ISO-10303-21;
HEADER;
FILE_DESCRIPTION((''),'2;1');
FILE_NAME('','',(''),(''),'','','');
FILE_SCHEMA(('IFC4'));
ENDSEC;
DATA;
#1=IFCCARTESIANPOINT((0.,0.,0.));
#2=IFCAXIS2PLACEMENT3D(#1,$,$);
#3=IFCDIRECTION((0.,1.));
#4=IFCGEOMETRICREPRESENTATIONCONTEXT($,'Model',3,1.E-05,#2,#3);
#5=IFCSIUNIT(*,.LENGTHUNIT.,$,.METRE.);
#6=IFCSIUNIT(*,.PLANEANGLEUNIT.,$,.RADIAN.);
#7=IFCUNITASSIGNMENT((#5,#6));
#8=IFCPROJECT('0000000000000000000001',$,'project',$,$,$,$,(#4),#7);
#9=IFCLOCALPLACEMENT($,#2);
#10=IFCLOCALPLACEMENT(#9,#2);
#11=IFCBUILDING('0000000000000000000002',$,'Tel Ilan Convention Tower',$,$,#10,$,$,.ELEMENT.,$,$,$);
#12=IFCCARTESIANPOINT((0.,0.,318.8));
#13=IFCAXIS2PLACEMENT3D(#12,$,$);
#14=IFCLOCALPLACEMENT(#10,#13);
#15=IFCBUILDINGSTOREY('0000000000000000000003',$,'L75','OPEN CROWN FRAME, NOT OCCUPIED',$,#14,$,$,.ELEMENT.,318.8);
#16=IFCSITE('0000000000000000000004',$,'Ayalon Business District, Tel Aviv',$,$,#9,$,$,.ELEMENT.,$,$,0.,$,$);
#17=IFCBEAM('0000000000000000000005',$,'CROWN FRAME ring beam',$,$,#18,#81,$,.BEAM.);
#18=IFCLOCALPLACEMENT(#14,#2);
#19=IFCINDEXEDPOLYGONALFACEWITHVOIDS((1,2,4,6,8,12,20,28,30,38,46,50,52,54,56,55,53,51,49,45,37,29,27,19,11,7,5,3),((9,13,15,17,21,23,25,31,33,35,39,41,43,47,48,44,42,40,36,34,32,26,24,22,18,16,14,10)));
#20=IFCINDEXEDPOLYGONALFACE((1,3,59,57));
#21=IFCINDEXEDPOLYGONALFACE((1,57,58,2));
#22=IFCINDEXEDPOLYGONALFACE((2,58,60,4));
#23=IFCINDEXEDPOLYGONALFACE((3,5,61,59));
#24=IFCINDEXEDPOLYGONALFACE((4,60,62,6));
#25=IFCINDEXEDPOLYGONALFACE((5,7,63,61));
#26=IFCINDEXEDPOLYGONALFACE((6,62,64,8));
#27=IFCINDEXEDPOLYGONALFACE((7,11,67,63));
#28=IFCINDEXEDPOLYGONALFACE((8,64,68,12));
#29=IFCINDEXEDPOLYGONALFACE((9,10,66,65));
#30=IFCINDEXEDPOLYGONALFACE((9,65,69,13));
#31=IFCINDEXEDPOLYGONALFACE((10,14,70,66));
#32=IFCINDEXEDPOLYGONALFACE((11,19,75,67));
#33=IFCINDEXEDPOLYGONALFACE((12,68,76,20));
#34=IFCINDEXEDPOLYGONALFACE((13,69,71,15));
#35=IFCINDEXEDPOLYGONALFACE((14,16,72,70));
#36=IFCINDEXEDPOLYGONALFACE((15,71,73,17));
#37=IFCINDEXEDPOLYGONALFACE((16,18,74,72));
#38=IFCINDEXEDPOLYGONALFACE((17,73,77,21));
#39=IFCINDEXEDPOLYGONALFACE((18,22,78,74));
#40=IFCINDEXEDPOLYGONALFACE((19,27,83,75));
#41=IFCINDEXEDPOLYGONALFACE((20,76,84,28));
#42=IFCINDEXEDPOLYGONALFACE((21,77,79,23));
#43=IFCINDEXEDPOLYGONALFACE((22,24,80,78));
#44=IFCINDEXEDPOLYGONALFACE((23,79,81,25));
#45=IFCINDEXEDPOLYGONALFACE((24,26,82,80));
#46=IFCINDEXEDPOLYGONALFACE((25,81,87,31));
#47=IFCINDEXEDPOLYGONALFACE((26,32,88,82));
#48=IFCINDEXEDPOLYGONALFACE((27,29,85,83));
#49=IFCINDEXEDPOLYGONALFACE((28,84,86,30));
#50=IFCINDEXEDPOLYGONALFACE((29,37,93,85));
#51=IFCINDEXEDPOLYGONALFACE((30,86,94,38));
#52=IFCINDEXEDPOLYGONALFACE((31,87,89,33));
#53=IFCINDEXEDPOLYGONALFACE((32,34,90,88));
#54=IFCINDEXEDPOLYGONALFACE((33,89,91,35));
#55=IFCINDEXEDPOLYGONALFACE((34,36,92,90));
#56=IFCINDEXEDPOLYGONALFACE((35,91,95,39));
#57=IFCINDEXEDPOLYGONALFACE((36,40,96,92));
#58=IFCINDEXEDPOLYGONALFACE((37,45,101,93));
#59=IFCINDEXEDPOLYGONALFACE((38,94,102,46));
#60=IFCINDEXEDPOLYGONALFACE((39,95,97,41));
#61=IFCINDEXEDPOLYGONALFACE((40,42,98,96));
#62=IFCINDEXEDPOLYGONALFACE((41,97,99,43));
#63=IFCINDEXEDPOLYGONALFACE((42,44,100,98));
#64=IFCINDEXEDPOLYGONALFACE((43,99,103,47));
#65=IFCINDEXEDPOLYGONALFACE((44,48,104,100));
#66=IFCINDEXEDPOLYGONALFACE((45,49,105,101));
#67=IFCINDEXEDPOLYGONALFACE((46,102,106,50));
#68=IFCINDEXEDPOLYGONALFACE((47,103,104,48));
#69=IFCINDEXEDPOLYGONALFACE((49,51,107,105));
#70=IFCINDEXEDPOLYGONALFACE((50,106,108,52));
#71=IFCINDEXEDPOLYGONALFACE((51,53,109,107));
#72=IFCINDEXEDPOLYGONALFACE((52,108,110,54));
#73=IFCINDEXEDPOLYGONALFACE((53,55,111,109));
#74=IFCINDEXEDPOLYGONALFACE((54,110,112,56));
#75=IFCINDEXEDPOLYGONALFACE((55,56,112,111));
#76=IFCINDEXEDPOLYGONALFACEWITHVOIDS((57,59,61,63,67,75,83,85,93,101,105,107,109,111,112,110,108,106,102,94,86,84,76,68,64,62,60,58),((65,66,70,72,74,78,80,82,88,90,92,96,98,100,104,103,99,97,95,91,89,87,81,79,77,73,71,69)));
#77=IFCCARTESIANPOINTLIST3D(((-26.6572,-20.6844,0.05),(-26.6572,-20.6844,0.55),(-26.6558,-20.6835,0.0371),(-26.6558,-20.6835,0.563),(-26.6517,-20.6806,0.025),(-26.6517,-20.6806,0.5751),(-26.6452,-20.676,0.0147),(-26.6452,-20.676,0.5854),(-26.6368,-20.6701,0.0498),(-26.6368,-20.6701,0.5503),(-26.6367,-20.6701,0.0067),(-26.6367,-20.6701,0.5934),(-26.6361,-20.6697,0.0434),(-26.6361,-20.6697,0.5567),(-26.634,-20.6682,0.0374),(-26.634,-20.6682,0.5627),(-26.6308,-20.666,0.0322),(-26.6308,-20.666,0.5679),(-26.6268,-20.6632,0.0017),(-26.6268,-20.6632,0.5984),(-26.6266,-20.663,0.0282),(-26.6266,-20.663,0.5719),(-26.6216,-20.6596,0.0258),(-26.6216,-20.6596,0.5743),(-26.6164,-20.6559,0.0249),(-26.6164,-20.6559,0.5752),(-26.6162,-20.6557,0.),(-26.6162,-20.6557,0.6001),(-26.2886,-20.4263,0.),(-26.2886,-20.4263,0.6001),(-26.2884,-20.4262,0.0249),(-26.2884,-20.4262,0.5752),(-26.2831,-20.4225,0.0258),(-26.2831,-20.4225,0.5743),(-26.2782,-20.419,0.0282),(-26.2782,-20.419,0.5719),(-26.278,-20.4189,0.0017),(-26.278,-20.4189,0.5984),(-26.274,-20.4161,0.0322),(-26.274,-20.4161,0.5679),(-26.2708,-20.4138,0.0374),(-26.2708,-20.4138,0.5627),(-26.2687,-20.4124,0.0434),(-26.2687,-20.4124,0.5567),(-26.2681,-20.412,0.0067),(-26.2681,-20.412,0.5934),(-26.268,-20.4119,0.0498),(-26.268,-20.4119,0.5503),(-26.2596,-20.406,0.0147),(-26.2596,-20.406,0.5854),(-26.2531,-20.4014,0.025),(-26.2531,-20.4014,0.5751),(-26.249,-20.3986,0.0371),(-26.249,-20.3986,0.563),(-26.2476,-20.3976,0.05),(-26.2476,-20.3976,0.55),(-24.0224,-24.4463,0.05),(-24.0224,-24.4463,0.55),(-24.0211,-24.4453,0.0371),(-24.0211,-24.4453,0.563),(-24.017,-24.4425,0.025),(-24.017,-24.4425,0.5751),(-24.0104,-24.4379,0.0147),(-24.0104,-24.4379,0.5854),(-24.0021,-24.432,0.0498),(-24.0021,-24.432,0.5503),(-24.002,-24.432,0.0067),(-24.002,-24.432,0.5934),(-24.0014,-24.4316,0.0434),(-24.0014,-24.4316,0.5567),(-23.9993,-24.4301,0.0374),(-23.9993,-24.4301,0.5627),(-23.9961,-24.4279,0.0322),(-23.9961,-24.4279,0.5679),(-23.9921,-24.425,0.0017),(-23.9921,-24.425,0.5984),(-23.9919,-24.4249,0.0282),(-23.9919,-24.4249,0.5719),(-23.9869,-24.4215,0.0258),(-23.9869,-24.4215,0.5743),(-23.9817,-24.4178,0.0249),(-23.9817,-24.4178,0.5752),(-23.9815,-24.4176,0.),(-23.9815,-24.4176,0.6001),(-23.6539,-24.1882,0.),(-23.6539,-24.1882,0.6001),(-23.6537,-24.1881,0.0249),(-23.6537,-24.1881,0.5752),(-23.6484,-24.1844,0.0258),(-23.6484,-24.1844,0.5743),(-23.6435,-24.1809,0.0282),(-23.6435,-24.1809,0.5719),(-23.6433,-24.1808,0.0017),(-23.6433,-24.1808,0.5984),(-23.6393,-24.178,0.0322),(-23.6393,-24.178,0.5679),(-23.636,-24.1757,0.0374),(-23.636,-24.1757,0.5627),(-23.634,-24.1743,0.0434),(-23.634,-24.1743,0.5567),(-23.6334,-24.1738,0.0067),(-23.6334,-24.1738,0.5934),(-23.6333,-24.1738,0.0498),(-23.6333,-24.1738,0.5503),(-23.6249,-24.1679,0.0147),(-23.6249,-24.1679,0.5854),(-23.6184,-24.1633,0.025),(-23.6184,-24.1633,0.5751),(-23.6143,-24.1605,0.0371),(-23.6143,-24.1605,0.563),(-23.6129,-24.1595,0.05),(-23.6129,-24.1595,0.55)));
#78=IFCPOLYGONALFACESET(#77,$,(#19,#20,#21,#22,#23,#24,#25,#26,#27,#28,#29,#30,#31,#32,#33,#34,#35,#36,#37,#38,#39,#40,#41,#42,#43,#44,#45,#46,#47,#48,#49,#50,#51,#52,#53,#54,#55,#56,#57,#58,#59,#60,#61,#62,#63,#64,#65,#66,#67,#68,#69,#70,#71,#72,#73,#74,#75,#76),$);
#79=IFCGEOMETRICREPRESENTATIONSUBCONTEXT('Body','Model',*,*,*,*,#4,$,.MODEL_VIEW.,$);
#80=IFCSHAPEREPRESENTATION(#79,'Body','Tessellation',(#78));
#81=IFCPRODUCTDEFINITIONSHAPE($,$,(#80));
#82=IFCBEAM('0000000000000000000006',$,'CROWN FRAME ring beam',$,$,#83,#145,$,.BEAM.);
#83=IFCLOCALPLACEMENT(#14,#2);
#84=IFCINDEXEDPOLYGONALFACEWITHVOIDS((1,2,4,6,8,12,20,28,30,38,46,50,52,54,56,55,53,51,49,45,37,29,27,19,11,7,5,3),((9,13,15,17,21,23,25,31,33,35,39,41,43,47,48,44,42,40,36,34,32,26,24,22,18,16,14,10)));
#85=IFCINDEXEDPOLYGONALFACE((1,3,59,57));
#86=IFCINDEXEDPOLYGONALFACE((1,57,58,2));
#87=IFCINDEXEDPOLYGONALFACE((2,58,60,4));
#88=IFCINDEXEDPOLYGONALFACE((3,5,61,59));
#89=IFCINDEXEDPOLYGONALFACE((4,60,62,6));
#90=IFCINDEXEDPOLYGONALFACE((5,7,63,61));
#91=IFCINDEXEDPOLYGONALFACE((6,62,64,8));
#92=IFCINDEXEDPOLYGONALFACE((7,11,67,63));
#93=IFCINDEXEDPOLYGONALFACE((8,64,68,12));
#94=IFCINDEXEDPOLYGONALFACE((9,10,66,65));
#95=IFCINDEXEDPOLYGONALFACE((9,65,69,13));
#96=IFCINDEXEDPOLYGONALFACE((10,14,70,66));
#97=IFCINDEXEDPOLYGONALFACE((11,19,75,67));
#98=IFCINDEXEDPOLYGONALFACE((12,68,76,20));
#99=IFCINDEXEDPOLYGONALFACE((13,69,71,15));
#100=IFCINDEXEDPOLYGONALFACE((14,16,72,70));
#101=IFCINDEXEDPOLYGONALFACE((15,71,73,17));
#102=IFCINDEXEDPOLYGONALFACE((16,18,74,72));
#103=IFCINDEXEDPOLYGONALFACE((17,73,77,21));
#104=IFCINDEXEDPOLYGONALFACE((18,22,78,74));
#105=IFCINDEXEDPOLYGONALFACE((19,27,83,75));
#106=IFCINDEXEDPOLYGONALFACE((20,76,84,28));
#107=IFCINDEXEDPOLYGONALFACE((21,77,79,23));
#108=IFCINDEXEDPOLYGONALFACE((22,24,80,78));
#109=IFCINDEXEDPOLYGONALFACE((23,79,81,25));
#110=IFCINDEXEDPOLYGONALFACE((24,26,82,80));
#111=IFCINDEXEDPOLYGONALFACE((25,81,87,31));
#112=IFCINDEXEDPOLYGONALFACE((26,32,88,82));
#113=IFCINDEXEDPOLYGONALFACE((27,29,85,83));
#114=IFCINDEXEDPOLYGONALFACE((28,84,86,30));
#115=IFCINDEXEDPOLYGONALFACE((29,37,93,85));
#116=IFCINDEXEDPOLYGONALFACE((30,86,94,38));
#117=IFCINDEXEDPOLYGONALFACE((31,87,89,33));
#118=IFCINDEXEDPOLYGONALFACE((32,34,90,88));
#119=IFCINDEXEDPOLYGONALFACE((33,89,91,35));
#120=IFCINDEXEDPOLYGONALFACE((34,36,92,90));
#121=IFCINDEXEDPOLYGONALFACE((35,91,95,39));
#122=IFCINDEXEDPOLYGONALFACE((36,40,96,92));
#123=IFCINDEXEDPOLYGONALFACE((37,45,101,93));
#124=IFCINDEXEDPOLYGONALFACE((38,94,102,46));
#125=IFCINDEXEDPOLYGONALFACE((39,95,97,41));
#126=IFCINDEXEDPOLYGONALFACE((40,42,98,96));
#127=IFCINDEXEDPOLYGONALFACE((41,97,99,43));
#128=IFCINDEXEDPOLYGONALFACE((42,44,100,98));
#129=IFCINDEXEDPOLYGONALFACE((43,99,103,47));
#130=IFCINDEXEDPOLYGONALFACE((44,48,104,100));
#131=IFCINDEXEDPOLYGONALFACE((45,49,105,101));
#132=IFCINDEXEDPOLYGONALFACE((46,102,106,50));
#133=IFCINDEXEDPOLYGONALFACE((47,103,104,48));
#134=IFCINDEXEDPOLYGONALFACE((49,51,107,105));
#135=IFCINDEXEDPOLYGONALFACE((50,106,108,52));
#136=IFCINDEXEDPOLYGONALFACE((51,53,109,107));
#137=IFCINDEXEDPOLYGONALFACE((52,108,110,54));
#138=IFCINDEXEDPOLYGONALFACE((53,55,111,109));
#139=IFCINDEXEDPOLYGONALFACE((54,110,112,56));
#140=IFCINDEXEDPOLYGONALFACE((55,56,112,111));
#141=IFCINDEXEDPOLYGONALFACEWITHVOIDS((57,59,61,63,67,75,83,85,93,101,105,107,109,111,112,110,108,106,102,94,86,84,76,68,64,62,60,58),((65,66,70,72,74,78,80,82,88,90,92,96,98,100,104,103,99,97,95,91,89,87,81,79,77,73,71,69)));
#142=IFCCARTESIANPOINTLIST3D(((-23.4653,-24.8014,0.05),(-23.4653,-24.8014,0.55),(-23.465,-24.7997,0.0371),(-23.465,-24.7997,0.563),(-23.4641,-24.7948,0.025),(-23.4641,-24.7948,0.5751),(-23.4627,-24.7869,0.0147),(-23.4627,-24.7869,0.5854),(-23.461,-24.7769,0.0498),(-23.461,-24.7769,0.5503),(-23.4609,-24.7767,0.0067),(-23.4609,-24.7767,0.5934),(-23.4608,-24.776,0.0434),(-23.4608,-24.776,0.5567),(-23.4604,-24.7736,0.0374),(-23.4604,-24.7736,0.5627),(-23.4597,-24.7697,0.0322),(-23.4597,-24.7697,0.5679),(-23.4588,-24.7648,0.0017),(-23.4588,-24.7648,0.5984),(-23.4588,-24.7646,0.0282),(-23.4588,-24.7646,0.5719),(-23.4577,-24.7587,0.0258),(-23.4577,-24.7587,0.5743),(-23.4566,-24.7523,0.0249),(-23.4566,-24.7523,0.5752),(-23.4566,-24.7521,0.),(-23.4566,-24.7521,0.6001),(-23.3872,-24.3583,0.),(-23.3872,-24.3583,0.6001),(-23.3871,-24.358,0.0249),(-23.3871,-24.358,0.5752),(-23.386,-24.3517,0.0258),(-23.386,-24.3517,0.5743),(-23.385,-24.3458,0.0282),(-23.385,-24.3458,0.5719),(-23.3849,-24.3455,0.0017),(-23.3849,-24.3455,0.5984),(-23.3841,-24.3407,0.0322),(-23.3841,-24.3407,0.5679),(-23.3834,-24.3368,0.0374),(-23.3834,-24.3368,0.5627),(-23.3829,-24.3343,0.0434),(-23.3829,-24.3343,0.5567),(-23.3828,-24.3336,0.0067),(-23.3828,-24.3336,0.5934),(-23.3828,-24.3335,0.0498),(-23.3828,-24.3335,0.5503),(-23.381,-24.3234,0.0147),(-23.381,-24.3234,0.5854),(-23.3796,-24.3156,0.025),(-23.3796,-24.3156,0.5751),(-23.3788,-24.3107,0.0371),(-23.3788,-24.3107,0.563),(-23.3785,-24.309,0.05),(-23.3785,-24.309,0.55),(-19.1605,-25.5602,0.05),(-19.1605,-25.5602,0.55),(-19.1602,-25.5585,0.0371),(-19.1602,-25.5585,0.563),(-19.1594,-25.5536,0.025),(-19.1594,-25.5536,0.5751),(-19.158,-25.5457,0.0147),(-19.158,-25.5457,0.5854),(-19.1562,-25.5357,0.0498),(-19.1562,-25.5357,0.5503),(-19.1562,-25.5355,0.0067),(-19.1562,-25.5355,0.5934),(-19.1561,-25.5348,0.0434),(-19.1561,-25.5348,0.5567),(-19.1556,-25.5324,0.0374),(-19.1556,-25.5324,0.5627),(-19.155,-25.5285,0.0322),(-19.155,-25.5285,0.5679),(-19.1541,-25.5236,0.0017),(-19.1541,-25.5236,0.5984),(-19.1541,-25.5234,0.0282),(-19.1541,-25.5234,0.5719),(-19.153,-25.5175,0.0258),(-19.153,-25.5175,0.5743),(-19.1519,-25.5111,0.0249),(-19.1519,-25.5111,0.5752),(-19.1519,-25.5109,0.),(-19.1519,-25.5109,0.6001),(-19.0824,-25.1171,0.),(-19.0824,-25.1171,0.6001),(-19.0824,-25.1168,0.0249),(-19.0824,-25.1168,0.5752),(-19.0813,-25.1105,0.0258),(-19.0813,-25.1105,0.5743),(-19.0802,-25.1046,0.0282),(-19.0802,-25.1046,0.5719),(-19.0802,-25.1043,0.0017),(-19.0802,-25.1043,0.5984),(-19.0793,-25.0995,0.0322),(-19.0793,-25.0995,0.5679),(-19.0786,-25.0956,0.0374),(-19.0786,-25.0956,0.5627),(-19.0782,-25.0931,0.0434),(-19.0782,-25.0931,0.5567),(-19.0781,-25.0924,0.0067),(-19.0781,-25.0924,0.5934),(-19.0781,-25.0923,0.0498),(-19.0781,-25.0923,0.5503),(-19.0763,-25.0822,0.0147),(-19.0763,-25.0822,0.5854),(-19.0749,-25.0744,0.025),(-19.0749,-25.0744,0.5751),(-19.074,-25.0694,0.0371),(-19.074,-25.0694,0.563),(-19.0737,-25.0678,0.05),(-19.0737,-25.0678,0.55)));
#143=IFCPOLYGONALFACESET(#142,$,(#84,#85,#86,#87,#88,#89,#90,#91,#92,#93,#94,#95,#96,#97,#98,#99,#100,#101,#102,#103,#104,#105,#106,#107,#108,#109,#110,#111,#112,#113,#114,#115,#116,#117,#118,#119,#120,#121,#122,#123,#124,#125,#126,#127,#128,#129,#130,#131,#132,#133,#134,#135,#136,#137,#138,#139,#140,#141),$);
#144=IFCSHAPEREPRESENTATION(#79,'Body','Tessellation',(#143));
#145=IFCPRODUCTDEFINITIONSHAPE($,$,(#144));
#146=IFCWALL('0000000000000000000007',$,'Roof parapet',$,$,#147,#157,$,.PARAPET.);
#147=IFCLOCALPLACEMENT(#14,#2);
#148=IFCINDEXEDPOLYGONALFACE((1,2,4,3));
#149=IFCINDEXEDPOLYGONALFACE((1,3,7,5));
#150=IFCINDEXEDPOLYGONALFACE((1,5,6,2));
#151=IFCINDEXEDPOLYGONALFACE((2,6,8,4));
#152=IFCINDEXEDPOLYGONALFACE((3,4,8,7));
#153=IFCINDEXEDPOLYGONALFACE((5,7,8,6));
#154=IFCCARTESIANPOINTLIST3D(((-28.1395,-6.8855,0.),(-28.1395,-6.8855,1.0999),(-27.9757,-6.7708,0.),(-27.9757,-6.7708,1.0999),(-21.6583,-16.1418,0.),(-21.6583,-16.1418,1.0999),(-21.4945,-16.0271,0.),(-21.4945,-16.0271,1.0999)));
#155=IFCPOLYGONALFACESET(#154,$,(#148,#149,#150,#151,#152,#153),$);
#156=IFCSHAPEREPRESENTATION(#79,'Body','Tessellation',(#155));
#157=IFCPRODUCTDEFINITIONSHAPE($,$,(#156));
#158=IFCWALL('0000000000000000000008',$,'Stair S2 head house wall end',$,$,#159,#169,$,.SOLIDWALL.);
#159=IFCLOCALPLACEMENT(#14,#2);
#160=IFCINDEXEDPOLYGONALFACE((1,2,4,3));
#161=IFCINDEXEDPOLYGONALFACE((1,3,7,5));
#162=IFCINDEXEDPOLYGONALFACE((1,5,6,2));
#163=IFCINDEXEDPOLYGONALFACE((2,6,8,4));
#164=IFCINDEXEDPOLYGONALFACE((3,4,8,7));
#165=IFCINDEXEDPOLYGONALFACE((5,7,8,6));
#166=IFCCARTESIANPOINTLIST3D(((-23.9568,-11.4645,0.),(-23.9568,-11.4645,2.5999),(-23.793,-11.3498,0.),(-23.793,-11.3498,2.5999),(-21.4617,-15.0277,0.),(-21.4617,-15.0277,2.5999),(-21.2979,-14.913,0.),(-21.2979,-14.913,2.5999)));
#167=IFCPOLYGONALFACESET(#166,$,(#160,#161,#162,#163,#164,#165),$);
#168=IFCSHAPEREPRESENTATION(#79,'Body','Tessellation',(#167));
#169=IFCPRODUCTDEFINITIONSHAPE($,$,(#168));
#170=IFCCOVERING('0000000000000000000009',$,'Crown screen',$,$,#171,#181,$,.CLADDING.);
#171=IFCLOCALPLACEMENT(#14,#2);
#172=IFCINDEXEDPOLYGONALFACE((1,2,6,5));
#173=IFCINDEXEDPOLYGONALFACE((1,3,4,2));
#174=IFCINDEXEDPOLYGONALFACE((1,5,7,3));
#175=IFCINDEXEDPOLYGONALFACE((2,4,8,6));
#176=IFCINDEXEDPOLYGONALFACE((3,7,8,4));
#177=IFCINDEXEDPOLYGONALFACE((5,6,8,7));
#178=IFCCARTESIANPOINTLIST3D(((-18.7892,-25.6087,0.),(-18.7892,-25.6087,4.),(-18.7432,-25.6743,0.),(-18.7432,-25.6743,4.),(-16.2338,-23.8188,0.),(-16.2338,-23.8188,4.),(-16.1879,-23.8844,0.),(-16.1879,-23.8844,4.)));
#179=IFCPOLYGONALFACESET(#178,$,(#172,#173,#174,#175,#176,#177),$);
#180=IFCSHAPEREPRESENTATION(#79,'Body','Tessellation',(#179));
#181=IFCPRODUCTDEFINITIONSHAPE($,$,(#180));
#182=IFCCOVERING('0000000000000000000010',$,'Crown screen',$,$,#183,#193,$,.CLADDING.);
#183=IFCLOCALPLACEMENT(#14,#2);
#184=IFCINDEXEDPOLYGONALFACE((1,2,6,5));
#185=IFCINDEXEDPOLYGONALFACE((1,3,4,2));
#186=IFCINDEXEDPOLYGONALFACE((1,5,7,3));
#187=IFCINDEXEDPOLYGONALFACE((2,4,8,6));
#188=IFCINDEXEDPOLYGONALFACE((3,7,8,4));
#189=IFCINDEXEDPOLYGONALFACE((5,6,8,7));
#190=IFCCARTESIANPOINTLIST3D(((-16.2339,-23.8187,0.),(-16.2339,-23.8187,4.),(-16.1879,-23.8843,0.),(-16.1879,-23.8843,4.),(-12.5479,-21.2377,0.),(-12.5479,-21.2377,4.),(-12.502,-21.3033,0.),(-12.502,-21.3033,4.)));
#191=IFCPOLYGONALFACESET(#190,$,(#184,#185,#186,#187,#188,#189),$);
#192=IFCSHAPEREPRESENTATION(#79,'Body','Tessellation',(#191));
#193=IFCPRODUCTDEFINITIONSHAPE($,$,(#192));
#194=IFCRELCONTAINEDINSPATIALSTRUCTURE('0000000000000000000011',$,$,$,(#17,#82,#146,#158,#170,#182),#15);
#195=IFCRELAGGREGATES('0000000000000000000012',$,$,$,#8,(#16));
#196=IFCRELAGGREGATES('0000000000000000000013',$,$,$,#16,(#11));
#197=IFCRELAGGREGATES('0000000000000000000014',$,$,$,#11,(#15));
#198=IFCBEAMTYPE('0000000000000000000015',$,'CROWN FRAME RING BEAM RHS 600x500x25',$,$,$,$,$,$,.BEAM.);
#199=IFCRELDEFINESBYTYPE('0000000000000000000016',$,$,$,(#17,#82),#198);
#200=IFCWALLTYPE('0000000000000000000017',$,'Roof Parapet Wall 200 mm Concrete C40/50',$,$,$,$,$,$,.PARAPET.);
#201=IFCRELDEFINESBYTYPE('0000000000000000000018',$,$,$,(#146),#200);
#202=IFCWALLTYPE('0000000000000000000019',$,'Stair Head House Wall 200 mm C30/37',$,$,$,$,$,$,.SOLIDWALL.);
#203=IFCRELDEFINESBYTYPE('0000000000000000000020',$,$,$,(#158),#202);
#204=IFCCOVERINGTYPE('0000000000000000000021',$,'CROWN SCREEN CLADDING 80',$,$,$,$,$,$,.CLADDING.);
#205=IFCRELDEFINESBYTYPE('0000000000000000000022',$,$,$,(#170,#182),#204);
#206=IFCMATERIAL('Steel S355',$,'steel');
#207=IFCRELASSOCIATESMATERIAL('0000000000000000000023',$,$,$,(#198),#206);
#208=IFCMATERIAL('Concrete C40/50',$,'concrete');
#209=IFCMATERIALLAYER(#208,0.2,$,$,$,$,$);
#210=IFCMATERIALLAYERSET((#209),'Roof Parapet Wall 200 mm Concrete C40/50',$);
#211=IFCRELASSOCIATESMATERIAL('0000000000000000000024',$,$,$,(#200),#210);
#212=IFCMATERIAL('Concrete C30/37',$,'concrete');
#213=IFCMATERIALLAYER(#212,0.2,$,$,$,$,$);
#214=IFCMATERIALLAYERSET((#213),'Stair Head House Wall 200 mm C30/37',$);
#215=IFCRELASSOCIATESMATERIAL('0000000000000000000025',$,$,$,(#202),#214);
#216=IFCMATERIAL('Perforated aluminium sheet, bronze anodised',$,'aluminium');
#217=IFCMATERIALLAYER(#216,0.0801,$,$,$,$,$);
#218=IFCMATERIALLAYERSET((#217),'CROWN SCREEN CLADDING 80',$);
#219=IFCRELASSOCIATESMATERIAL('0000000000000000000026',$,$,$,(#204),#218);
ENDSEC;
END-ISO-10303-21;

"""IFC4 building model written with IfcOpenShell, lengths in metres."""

from ifc_helpers import new_model, si_unit, direction, frame, frame_2d, origin, origin_2d, place, context, subcontext, project, spatial, rectangle, hollow_rectangle, extrude, material, layer, layer_set, material_profile, profile_set, type_object, element, save


model = new_model("IFC4")

# Units and contexts
model_context = context("Model", 3, precision=1e-05, world=origin(), true_north=direction((0.0, 1.0)))
body_context = subcontext(model_context, "Body", "Model", "MODEL_VIEW")
ifc_project = project(units=[si_unit("LENGTHUNIT", "METRE"), si_unit("PLANEANGLEUNIT", "RADIAN")], contexts=[model_context])

# Site, building, storey
site_placement = place(None, origin())
site = spatial("IfcSite", under=ifc_project, at=site_placement, Name="Ayalon Business District, Tel Aviv", CompositionType="ELEMENT", RefElevation=0.0)
building_placement = place(site_placement, origin())
building = spatial("IfcBuilding", under=site, at=building_placement, Name="Tel Ilan Convention Tower", CompositionType="ELEMENT")
storey_placement = place(building_placement, frame((0.0, 0.0, 318.8)))
storey = spatial("IfcBuildingStorey", under=building, at=storey_placement, Name="L75", Description="OPEN CROWN FRAME, NOT OCCUPIED", CompositionType="ELEMENT", Elevation=318.8)

# Beams
ifc_material_1 = material(Name="Steel S355", Category="steel")
ifc_material_profile_1 = material_profile(ifc_material_1, hollow_rectangle(XDim=0.5, YDim=0.6001, WallThickness=0.0249, InnerFilletRadius=0.0249, OuterFilletRadius=0.05, at=origin_2d()), Name="RHS 600x500x25")
ifc_profile_set_1 = profile_set([ifc_material_profile_1], Name="Steel S355")
beam_type = type_object("IfcBeamType", Name="CROWN FRAME RING BEAM RHS 600x500x25", PredefinedType="BEAM", material=ifc_profile_set_1)
beam_1_placement = place(storey_placement, frame((-26.4524, -20.541, 0.3), z_axis=(0.573666, -0.81909, 0.0), x_axis=(0.81909, 0.573666, 0.0)))
element("IfcBeam", 1, at=beam_1_placement, inside=storey, type_object=beam_type, Name="CROWN FRAME ring beam", PredefinedType="BEAM", context=body_context, shape_type="SweptSolid", body=[
    extrude(hollow_rectangle(XDim=0.5, YDim=0.6001, WallThickness=0.0249, InnerFilletRadius=0.0249, OuterFilletRadius=0.05, at=origin_2d()), origin(), (0.0, 0.0, 1.0), 4.5928),
])
beam_2_placement = place(storey_placement, frame((-23.4219, -24.5552, 0.3), z_axis=(0.984817, -0.173594, 0.0), x_axis=(0.173594, 0.984817, 0.0)))
element("IfcBeam", 2, at=beam_2_placement, inside=storey, type_object=beam_type, Name="CROWN FRAME ring beam", PredefinedType="BEAM", context=body_context, shape_type="SweptSolid", body=[
    extrude(hollow_rectangle(XDim=0.5, YDim=0.6001, WallThickness=0.0249, InnerFilletRadius=0.0249, OuterFilletRadius=0.05, at=origin_2d()), origin(), (0.0, 0.0, 1.0), 4.3711),
])

# Walls
ifc_material_2 = material(Name="Concrete C40/50", Category="concrete")
ifc_layer_1 = layer(ifc_material_2, 0.2)
ifc_layer_set_1 = layer_set([ifc_layer_1], Name="Roof Parapet Wall 200 mm Concrete C40/50")
wall_type_1 = type_object("IfcWallType", Name="Roof Parapet Wall 200 mm Concrete C40/50", PredefinedType="PARAPET", material=ifc_layer_set_1)
wall_1_placement = place(storey_placement, frame((-21.5764, -16.0845, 0.0), z_axis=(0.0, 0.0, 1.0), x_axis=(-0.573567, 0.819159, 0.0)))
element("IfcWall", 3, at=wall_1_placement, inside=storey, type_object=wall_type_1, Name="Roof parapet", PredefinedType="PARAPET", context=body_context, shape_type="SweptSolid", body=[
    extrude(rectangle(XDim=11.2998, YDim=0.2, at=frame_2d((5.6499, 0.0))), origin(), (0.0, 0.0, 1.0), 1.0999),
])
ifc_material_3 = material(Name="Concrete C30/37", Category="concrete")
ifc_layer_2 = layer(ifc_material_3, 0.2)
ifc_layer_set_2 = layer_set([ifc_layer_2], Name="Stair Head House Wall 200 mm C30/37")
wall_type_2 = type_object("IfcWallType", Name="Stair Head House Wall 200 mm C30/37", PredefinedType="SOLIDWALL", material=ifc_layer_set_2)
wall_2_placement = place(storey_placement, frame((-21.3799, -14.9702, 0.0), z_axis=(0.0, 0.0, 1.0), x_axis=(-0.573594, 0.81914, 0.0)))
element("IfcWall", 4, at=wall_2_placement, inside=storey, type_object=wall_type_2, Name="Stair S2 head house wall end", PredefinedType="SOLIDWALL", context=body_context, shape_type="SweptSolid", body=[
    extrude(rectangle(XDim=4.3499, YDim=0.2, at=frame_2d((2.1748, 0.0))), origin(), (0.0, 0.0, 1.0), 2.5999),
])

# Coverings
ifc_material_4 = material(Name="Perforated aluminium sheet, bronze anodised", Category="aluminium")
ifc_layer_3 = layer(ifc_material_4, 0.0801)
ifc_layer_set_3 = layer_set([ifc_layer_3], Name="CROWN SCREEN CLADDING 80")
covering_type = type_object("IfcCoveringType", Name="CROWN SCREEN CLADDING 80", PredefinedType="CLADDING", material=ifc_layer_set_3)
covering_1_placement = place(storey_placement, frame((-17.4885, -24.7466, 0.0), z_axis=(0.0, 0.0, 1.0), x_axis=(0.81906, 0.573708, 0.0)))
element("IfcCovering", 5, at=covering_1_placement, inside=storey, type_object=covering_type, Name="Crown screen", PredefinedType="CLADDING", context=body_context, shape_type="SweptSolid", body=[
    extrude(rectangle(XDim=3.1199, YDim=0.0801, at=origin_2d()), origin(), (0.0, 0.0, 1.0), 4.0),
])
for number, where, z_axis, x_axis, name in (
    (6, (-14.3679, -22.561, 0.0), (0.0, 0.0, 1.0), (0.819148, 0.573582, 0.0), "Crown screen"),
):
    element("IfcCovering", number, at=place(storey_placement, frame(where, z_axis=z_axis, x_axis=x_axis)), inside=storey, type_object=covering_type, Name=name, PredefinedType="CLADDING", context=body_context, shape_type="SweptSolid", body=[
        extrude(rectangle(XDim=4.4998, YDim=0.0801, at=origin_2d()), origin(), (0.0, 0.0, 1.0), 4.0),
    ])

save(model, "model.ifc")
